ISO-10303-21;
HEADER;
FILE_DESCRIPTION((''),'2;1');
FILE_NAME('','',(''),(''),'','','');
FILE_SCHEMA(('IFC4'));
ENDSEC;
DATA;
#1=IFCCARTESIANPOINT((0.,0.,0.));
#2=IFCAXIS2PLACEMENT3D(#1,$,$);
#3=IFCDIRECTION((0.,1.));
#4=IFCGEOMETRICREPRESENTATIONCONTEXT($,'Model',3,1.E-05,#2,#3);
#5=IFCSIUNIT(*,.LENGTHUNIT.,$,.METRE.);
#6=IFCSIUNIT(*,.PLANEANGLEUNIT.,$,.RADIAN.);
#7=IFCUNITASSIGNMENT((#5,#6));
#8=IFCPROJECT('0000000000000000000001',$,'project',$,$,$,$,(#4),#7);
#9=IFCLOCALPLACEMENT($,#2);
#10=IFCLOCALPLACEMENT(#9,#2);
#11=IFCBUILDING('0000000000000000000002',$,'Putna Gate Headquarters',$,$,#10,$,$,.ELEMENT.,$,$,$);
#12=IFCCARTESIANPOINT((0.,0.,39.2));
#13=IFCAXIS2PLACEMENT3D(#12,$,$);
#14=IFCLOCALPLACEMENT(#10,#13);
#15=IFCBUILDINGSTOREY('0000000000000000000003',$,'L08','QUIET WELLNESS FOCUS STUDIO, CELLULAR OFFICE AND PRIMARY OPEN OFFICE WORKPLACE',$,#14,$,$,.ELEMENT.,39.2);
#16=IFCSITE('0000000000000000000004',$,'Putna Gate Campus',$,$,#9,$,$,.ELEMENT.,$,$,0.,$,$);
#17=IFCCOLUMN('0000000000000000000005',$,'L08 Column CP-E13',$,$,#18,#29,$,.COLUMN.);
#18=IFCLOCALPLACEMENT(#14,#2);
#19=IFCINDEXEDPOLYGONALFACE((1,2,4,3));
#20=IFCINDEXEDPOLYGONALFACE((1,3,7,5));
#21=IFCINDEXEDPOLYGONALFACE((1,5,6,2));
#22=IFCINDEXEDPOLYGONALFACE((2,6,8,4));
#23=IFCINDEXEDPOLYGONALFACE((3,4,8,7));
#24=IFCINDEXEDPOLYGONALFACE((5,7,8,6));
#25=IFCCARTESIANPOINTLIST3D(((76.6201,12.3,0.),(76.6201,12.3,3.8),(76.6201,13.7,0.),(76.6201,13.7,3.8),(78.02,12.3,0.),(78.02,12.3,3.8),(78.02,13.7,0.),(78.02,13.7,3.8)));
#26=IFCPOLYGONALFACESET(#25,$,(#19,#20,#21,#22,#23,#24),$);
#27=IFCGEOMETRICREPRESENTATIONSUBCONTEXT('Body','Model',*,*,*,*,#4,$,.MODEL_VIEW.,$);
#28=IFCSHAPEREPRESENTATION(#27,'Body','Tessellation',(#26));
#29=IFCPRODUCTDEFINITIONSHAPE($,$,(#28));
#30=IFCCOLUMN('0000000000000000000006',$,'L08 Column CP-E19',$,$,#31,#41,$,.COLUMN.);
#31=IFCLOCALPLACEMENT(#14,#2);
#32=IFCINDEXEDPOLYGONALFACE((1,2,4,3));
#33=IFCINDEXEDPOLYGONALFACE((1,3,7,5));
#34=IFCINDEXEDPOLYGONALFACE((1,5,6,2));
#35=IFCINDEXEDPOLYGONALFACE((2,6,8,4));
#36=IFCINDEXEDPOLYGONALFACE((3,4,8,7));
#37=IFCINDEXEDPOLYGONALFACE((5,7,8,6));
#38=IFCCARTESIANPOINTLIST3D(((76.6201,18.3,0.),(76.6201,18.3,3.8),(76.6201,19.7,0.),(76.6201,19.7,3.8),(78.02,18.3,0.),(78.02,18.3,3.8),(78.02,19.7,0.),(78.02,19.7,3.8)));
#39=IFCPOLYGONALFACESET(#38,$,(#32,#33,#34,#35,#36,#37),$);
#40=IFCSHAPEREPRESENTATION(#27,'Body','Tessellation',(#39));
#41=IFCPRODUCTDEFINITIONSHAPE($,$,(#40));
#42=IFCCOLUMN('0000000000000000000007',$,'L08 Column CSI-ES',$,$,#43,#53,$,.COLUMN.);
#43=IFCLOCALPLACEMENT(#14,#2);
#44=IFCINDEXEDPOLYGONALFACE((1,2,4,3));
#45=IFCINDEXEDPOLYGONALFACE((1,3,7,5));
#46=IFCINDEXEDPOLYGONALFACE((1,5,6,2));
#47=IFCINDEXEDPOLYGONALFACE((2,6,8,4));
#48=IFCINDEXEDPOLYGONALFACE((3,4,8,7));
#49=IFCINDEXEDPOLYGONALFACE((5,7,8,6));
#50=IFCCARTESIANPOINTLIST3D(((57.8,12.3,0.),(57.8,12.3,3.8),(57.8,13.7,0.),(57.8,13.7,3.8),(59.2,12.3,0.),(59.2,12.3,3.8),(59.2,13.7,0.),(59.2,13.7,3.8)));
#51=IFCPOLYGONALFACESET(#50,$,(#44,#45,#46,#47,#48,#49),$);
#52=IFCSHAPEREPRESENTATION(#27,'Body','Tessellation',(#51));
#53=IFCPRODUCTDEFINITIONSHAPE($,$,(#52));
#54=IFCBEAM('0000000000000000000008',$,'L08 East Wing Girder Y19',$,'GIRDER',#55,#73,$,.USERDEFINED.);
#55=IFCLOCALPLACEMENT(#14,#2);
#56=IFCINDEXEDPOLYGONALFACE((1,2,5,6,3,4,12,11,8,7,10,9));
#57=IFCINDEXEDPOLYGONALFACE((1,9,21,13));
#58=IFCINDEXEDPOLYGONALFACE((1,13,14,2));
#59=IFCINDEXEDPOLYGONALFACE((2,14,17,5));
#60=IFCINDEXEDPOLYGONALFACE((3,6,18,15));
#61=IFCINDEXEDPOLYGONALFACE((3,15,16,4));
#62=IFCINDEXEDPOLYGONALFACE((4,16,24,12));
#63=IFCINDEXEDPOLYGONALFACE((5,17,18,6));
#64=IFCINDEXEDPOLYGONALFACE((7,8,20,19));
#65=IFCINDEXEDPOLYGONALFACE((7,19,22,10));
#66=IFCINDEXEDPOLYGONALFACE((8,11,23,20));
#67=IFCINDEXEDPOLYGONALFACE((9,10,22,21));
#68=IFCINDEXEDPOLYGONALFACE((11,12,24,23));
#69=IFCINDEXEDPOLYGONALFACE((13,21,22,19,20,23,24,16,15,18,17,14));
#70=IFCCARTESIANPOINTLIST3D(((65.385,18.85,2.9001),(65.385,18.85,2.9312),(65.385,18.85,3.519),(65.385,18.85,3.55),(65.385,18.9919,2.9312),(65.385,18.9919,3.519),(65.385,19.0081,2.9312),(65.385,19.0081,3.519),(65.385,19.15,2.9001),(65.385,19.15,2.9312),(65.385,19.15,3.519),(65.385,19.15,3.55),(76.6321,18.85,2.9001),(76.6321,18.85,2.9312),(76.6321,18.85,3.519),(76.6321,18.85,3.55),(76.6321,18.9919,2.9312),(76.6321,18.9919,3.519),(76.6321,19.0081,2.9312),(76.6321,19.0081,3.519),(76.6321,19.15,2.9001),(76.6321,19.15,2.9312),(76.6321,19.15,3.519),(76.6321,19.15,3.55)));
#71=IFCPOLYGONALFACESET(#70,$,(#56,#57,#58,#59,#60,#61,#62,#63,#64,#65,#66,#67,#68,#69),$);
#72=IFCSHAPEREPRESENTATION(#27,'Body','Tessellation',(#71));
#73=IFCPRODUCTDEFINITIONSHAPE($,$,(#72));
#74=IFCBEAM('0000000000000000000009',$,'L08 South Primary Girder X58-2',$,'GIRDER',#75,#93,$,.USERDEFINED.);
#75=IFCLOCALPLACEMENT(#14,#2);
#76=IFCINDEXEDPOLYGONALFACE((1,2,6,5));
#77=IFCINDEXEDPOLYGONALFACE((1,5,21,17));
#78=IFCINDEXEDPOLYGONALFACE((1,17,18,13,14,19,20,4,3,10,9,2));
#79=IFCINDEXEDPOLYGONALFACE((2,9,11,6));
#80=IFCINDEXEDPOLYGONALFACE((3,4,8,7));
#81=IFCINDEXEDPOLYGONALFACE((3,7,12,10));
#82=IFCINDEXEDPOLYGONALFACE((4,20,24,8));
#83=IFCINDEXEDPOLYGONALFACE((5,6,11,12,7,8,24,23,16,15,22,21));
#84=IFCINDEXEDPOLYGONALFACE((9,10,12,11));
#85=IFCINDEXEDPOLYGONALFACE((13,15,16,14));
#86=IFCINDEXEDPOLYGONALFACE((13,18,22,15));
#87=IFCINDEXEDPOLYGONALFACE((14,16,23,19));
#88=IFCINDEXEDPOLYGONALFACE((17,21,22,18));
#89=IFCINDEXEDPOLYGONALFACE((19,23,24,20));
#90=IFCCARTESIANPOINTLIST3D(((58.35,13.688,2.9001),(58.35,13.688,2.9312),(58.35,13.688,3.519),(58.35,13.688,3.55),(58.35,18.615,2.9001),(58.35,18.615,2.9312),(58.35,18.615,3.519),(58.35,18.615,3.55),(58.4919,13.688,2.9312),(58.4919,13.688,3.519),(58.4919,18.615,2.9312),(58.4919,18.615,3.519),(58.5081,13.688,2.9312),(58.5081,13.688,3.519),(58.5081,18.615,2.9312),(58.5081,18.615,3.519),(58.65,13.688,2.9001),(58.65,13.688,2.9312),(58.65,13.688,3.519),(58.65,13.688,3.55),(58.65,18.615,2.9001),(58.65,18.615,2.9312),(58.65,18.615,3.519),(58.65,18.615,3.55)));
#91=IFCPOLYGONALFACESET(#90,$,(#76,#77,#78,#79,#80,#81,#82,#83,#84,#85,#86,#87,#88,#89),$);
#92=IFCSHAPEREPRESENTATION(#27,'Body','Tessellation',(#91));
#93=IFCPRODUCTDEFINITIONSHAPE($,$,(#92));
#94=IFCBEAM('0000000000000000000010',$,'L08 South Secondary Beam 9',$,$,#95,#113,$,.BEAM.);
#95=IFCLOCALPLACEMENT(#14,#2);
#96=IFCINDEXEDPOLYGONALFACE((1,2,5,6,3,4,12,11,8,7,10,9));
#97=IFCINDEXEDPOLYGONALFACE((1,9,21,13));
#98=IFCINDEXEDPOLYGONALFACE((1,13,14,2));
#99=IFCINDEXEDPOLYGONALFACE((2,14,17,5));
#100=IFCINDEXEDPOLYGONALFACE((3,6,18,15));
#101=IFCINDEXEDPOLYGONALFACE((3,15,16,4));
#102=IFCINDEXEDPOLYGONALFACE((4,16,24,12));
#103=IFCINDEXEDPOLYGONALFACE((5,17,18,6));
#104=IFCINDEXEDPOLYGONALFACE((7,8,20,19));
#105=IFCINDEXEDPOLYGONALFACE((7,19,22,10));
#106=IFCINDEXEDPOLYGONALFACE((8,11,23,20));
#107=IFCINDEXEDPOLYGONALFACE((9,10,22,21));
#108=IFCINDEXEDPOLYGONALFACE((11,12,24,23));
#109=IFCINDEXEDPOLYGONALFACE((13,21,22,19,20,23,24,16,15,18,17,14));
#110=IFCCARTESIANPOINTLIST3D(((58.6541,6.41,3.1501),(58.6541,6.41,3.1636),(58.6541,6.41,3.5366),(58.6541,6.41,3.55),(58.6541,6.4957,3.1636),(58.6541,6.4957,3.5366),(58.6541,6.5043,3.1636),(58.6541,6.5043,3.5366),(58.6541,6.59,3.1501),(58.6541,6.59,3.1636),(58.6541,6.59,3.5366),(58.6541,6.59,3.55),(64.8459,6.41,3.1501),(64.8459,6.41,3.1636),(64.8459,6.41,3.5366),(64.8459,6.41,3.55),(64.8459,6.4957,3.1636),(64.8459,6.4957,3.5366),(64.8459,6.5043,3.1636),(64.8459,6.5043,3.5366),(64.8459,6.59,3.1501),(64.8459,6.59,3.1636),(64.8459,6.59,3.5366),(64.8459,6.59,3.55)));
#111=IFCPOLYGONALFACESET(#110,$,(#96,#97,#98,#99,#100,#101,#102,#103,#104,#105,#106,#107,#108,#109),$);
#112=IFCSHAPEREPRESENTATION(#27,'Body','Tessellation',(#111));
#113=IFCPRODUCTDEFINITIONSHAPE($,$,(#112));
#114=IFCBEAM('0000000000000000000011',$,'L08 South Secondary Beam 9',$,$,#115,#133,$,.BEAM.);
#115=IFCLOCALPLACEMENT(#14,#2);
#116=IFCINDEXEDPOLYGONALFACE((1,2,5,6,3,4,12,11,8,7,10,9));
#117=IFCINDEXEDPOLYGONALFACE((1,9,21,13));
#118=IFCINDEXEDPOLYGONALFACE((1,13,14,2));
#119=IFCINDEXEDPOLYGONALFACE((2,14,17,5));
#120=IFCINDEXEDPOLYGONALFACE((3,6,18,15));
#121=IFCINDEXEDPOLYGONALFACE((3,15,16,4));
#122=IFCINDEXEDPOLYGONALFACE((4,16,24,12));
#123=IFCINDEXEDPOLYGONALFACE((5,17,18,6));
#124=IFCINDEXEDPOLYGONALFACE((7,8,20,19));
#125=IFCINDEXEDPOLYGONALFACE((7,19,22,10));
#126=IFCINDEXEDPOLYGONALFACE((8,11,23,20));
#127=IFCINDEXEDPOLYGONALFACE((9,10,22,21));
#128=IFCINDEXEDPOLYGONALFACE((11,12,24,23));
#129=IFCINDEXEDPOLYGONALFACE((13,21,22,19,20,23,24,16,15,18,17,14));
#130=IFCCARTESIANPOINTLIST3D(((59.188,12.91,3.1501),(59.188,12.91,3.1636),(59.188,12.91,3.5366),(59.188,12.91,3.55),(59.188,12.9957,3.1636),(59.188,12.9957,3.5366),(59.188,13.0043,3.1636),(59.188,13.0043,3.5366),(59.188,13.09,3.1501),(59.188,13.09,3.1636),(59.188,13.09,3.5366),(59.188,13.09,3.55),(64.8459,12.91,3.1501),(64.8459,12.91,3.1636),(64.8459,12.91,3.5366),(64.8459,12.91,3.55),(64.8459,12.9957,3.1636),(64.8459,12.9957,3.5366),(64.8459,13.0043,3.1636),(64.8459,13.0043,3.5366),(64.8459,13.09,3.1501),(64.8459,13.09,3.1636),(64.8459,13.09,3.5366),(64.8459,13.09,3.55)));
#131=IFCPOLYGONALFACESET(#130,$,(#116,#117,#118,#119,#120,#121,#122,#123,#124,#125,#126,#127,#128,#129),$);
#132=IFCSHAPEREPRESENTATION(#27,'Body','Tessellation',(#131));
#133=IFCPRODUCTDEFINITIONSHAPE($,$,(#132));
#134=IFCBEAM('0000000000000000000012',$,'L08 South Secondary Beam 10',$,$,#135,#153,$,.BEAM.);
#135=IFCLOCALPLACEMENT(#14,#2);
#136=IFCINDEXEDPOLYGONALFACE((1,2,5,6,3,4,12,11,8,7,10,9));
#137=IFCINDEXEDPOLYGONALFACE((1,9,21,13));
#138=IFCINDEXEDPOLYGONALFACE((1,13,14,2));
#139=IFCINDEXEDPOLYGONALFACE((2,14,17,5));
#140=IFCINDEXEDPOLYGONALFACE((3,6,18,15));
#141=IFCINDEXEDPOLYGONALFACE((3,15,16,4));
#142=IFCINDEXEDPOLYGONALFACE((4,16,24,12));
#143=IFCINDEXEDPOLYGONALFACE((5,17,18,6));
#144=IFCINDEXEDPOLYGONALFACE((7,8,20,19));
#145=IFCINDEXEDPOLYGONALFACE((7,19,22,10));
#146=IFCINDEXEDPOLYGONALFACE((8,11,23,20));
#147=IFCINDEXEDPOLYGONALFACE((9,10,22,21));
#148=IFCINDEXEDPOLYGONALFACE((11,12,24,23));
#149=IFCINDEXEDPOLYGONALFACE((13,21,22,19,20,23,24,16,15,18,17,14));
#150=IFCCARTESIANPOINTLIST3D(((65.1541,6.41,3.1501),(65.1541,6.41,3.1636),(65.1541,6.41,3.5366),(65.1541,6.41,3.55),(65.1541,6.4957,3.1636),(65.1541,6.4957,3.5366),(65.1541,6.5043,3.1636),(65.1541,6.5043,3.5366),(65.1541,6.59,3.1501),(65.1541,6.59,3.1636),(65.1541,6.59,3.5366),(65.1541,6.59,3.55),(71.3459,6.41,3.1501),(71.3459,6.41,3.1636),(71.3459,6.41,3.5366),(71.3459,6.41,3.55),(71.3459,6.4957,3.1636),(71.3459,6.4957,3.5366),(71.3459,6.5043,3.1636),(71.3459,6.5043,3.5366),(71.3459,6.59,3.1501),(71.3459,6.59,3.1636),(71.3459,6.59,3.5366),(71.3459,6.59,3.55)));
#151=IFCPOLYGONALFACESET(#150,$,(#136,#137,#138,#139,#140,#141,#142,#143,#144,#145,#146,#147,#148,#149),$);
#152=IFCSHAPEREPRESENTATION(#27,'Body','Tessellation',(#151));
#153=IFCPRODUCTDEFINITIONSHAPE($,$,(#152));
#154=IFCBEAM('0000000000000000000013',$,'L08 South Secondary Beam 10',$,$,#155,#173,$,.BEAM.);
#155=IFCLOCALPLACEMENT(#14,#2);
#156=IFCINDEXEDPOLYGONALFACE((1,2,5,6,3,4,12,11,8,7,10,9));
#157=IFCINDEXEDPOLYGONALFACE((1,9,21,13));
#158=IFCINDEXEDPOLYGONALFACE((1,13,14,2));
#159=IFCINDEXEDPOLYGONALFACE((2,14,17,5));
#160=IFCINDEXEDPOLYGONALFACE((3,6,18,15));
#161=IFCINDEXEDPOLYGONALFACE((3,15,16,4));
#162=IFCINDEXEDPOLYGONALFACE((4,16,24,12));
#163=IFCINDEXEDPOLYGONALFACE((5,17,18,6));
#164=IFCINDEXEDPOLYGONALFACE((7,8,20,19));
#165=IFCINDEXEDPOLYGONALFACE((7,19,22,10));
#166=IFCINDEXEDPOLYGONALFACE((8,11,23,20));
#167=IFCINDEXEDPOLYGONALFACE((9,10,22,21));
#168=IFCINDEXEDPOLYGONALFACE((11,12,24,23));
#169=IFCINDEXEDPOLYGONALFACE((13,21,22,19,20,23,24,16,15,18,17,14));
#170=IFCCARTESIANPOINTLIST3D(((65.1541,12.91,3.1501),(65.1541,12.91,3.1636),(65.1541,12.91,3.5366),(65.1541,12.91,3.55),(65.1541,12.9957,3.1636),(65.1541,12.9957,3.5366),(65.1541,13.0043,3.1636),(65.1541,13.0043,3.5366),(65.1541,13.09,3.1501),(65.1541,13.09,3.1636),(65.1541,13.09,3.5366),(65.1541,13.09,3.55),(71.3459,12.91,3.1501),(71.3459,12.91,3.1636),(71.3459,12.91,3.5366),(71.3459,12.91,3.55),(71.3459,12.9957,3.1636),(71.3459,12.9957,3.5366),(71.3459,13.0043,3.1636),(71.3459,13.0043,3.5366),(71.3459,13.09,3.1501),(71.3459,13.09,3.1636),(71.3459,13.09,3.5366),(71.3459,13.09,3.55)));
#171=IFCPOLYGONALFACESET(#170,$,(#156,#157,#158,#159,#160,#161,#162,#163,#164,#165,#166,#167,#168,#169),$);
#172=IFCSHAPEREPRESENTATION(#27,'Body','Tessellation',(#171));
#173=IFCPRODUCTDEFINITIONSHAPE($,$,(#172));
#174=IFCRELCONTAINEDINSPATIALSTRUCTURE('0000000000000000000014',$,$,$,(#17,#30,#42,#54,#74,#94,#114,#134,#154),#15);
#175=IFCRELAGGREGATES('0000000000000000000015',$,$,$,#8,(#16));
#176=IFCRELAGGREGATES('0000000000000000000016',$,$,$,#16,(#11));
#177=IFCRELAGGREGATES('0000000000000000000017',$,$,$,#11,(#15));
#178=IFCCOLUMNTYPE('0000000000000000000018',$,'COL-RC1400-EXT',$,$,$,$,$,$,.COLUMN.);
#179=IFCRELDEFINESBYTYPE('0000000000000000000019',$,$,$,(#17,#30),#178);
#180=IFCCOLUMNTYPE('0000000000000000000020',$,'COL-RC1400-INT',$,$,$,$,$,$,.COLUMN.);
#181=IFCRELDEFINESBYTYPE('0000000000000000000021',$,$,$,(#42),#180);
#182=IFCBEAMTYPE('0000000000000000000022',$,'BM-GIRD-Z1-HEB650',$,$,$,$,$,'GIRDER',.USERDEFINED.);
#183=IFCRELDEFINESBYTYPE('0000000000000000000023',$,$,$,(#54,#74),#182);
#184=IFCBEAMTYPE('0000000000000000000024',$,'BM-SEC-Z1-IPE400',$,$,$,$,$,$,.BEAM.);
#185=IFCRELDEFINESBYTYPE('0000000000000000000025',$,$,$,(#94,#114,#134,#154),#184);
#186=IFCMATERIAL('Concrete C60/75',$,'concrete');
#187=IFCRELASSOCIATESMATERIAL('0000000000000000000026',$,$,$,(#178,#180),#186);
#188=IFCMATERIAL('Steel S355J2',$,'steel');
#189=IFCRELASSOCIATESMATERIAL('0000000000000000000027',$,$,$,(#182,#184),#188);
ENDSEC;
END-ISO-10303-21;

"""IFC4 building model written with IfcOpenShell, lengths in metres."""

from ifc_helpers import new_model, si_unit, direction, frame, origin, origin_2d, place, context, subcontext, project, spatial, rectangle, i_section, extrude, material, material_profile, profile_set, type_object, element, save


model = new_model("IFC4")

# Units and contexts
model_context = context("Model", 3, precision=1e-05, world=origin(), true_north=direction((0.0, 1.0)))
body_context = subcontext(model_context, "Body", "Model", "MODEL_VIEW")
ifc_project = project(units=[si_unit("LENGTHUNIT", "METRE"), si_unit("PLANEANGLEUNIT", "RADIAN")], contexts=[model_context])

# Site, building, storey
site_placement = place(None, origin())
site = spatial("IfcSite", under=ifc_project, at=site_placement, Name="Putna Gate Campus", CompositionType="ELEMENT", RefElevation=0.0)
building_placement = place(site_placement, origin())
building = spatial("IfcBuilding", under=site, at=building_placement, Name="Putna Gate Headquarters", CompositionType="ELEMENT")
storey_placement = place(building_placement, frame((0.0, 0.0, 39.2)))
storey = spatial("IfcBuildingStorey", under=building, at=storey_placement, Name="L08", Description="QUIET WELLNESS FOCUS STUDIO, CELLULAR OFFICE AND PRIMARY OPEN OFFICE WORKPLACE", CompositionType="ELEMENT", Elevation=39.2)

# Columns
ifc_material_1 = material(Name="Concrete C60/75", Category="concrete")
ifc_material_profile_1 = material_profile(ifc_material_1, rectangle(XDim=1.3999, YDim=1.3999, at=origin_2d()), Name="Concrete C60/75")
ifc_profile_set_1 = profile_set([ifc_material_profile_1], Name="Concrete C60/75")
column_type_1 = type_object("IfcColumnType", Name="COL-RC1400-EXT", PredefinedType="COLUMN", material=ifc_profile_set_1)
for number, where, z_axis, x_axis, name in (
    (1, (77.3201, 13.0, 0.0), (0.0, 0.0, 1.0), (1.0, 0.0, 0.0), "L08 Column CP-E13"),
    (2, (77.3201, 19.0, 0.0), (0.0, 0.0, 1.0), (1.0, 0.0, 0.0), "L08 Column CP-E19"),
):
    element("IfcColumn", number, at=place(storey_placement, frame(where, z_axis=z_axis, x_axis=x_axis)), inside=storey, type_object=column_type_1, Name=name, PredefinedType="COLUMN", context=body_context, shape_type="SweptSolid", body=[
        extrude(rectangle(XDim=1.3999, YDim=1.3999, at=origin_2d()), origin(), (0.0, 0.0, 1.0), 3.8),
    ])
ifc_material_profile_2 = material_profile(ifc_material_1, rectangle(XDim=1.3999, YDim=1.3999, at=origin_2d()), Name="Concrete C60/75")
ifc_profile_set_2 = profile_set([ifc_material_profile_2], Name="Concrete C60/75")
column_type_2 = type_object("IfcColumnType", Name="COL-RC1400-INT", PredefinedType="COLUMN", material=ifc_profile_set_2)
column_placement = place(storey_placement, frame((58.5, 13.0, 0.0), z_axis=(0.0, 0.0, 1.0), x_axis=(1.0, 0.0, 0.0)))
element("IfcColumn", 3, at=column_placement, inside=storey, type_object=column_type_2, Name="L08 Column CSI-ES", PredefinedType="COLUMN", context=body_context, shape_type="SweptSolid", body=[
    extrude(rectangle(XDim=1.3999, YDim=1.3999, at=origin_2d()), origin(), (0.0, 0.0, 1.0), 3.8),
])

# Beams
ifc_material_2 = material(Name="Steel S355J2", Category="steel")
ifc_material_profile_3 = material_profile(ifc_material_2, i_section(OverallWidth=0.3, OverallDepth=0.6499, WebThickness=0.0161, FlangeThickness=0.031, at=origin_2d()), Name="Steel S355J2")
ifc_profile_set_3 = profile_set([ifc_material_profile_3], Name="Steel S355J2")
beam_type_1 = type_object("IfcBeamType", Name="BM-GIRD-Z1-HEB650", ElementType="GIRDER", PredefinedType="USERDEFINED", material=ifc_profile_set_3)
beam_1_placement = place(storey_placement, frame((65.385, 19.0, 3.2251), z_axis=(1.0, 0.0, 0.0), x_axis=(0.0, 1.0, 0.0)))
element("IfcBeam", 4, at=beam_1_placement, inside=storey, type_object=beam_type_1, Name="L08 East Wing Girder Y19", ObjectType="GIRDER", PredefinedType="USERDEFINED", context=body_context, shape_type="SweptSolid", body=[
    extrude(i_section(OverallWidth=0.3, OverallDepth=0.6499, WebThickness=0.0161, FlangeThickness=0.031, at=origin_2d()), origin(), (0.0, 0.0, 1.0), 11.2471),
])
beam_2_placement = place(storey_placement, frame((58.5, 13.688, 3.2251), z_axis=(0.0, 1.0, 0.0), x_axis=(-1.0, 0.0, 0.0)))
element("IfcBeam", 5, at=beam_2_placement, inside=storey, type_object=beam_type_1, Name="L08 South Primary Girder X58-2", ObjectType="GIRDER", PredefinedType="USERDEFINED", context=body_context, shape_type="SweptSolid", body=[
    extrude(i_section(OverallWidth=0.3, OverallDepth=0.6499, WebThickness=0.0161, FlangeThickness=0.031, at=origin_2d()), origin(), (0.0, 0.0, 1.0), 4.927),
])
ifc_material_profile_4 = material_profile(ifc_material_2, i_section(OverallWidth=0.1799, OverallDepth=0.3999, WebThickness=0.0085, FlangeThickness=0.0134, at=origin_2d()), Name="Steel S355J2")
ifc_profile_set_4 = profile_set([ifc_material_profile_4], Name="Steel S355J2")
beam_type_2 = type_object("IfcBeamType", Name="BM-SEC-Z1-IPE400", PredefinedType="BEAM", material=ifc_profile_set_4)
beam_3_placement = place(storey_placement, frame((58.6541, 6.5, 3.3501), z_axis=(1.0, 0.0, 0.0), x_axis=(0.0, 1.0, 0.0)))
element("IfcBeam", 6, at=beam_3_placement, inside=storey, type_object=beam_type_2, Name="L08 South Secondary Beam 9", PredefinedType="BEAM", context=body_context, shape_type="SweptSolid", body=[
    extrude(i_section(OverallWidth=0.1799, OverallDepth=0.3999, WebThickness=0.0085, FlangeThickness=0.0134, at=origin_2d()), origin(), (0.0, 0.0, 1.0), 6.1919),
])
beam_4_placement = place(storey_placement, frame((59.188, 13.0, 3.3501), z_axis=(1.0, 0.0, 0.0), x_axis=(0.0, 1.0, 0.0)))
element("IfcBeam", 7, at=beam_4_placement, inside=storey, type_object=beam_type_2, Name="L08 South Secondary Beam 9", PredefinedType="BEAM", context=body_context, shape_type="SweptSolid", body=[
    extrude(i_section(OverallWidth=0.1799, OverallDepth=0.3999, WebThickness=0.0085, FlangeThickness=0.0134, at=origin_2d()), origin(), (0.0, 0.0, 1.0), 5.658),
])
for number, where, z_axis, x_axis, name in (
    (8, (65.1541, 6.5, 3.3501), (1.0, 0.0, 0.0), (0.0, 1.0, 0.0), "L08 South Secondary Beam 10"),
    (9, (65.1541, 13.0, 3.3501), (1.0, 0.0, 0.0), (0.0, 1.0, 0.0), "L08 South Secondary Beam 10"),
):
    element("IfcBeam", number, at=place(storey_placement, frame(where, z_axis=z_axis, x_axis=x_axis)), inside=storey, type_object=beam_type_2, Name=name, PredefinedType="BEAM", context=body_context, shape_type="SweptSolid", body=[
        extrude(i_section(OverallWidth=0.1799, OverallDepth=0.3999, WebThickness=0.0085, FlangeThickness=0.0134, at=origin_2d()), origin(), (0.0, 0.0, 1.0), 6.1919),
    ])

save(model, "model.ifc")
